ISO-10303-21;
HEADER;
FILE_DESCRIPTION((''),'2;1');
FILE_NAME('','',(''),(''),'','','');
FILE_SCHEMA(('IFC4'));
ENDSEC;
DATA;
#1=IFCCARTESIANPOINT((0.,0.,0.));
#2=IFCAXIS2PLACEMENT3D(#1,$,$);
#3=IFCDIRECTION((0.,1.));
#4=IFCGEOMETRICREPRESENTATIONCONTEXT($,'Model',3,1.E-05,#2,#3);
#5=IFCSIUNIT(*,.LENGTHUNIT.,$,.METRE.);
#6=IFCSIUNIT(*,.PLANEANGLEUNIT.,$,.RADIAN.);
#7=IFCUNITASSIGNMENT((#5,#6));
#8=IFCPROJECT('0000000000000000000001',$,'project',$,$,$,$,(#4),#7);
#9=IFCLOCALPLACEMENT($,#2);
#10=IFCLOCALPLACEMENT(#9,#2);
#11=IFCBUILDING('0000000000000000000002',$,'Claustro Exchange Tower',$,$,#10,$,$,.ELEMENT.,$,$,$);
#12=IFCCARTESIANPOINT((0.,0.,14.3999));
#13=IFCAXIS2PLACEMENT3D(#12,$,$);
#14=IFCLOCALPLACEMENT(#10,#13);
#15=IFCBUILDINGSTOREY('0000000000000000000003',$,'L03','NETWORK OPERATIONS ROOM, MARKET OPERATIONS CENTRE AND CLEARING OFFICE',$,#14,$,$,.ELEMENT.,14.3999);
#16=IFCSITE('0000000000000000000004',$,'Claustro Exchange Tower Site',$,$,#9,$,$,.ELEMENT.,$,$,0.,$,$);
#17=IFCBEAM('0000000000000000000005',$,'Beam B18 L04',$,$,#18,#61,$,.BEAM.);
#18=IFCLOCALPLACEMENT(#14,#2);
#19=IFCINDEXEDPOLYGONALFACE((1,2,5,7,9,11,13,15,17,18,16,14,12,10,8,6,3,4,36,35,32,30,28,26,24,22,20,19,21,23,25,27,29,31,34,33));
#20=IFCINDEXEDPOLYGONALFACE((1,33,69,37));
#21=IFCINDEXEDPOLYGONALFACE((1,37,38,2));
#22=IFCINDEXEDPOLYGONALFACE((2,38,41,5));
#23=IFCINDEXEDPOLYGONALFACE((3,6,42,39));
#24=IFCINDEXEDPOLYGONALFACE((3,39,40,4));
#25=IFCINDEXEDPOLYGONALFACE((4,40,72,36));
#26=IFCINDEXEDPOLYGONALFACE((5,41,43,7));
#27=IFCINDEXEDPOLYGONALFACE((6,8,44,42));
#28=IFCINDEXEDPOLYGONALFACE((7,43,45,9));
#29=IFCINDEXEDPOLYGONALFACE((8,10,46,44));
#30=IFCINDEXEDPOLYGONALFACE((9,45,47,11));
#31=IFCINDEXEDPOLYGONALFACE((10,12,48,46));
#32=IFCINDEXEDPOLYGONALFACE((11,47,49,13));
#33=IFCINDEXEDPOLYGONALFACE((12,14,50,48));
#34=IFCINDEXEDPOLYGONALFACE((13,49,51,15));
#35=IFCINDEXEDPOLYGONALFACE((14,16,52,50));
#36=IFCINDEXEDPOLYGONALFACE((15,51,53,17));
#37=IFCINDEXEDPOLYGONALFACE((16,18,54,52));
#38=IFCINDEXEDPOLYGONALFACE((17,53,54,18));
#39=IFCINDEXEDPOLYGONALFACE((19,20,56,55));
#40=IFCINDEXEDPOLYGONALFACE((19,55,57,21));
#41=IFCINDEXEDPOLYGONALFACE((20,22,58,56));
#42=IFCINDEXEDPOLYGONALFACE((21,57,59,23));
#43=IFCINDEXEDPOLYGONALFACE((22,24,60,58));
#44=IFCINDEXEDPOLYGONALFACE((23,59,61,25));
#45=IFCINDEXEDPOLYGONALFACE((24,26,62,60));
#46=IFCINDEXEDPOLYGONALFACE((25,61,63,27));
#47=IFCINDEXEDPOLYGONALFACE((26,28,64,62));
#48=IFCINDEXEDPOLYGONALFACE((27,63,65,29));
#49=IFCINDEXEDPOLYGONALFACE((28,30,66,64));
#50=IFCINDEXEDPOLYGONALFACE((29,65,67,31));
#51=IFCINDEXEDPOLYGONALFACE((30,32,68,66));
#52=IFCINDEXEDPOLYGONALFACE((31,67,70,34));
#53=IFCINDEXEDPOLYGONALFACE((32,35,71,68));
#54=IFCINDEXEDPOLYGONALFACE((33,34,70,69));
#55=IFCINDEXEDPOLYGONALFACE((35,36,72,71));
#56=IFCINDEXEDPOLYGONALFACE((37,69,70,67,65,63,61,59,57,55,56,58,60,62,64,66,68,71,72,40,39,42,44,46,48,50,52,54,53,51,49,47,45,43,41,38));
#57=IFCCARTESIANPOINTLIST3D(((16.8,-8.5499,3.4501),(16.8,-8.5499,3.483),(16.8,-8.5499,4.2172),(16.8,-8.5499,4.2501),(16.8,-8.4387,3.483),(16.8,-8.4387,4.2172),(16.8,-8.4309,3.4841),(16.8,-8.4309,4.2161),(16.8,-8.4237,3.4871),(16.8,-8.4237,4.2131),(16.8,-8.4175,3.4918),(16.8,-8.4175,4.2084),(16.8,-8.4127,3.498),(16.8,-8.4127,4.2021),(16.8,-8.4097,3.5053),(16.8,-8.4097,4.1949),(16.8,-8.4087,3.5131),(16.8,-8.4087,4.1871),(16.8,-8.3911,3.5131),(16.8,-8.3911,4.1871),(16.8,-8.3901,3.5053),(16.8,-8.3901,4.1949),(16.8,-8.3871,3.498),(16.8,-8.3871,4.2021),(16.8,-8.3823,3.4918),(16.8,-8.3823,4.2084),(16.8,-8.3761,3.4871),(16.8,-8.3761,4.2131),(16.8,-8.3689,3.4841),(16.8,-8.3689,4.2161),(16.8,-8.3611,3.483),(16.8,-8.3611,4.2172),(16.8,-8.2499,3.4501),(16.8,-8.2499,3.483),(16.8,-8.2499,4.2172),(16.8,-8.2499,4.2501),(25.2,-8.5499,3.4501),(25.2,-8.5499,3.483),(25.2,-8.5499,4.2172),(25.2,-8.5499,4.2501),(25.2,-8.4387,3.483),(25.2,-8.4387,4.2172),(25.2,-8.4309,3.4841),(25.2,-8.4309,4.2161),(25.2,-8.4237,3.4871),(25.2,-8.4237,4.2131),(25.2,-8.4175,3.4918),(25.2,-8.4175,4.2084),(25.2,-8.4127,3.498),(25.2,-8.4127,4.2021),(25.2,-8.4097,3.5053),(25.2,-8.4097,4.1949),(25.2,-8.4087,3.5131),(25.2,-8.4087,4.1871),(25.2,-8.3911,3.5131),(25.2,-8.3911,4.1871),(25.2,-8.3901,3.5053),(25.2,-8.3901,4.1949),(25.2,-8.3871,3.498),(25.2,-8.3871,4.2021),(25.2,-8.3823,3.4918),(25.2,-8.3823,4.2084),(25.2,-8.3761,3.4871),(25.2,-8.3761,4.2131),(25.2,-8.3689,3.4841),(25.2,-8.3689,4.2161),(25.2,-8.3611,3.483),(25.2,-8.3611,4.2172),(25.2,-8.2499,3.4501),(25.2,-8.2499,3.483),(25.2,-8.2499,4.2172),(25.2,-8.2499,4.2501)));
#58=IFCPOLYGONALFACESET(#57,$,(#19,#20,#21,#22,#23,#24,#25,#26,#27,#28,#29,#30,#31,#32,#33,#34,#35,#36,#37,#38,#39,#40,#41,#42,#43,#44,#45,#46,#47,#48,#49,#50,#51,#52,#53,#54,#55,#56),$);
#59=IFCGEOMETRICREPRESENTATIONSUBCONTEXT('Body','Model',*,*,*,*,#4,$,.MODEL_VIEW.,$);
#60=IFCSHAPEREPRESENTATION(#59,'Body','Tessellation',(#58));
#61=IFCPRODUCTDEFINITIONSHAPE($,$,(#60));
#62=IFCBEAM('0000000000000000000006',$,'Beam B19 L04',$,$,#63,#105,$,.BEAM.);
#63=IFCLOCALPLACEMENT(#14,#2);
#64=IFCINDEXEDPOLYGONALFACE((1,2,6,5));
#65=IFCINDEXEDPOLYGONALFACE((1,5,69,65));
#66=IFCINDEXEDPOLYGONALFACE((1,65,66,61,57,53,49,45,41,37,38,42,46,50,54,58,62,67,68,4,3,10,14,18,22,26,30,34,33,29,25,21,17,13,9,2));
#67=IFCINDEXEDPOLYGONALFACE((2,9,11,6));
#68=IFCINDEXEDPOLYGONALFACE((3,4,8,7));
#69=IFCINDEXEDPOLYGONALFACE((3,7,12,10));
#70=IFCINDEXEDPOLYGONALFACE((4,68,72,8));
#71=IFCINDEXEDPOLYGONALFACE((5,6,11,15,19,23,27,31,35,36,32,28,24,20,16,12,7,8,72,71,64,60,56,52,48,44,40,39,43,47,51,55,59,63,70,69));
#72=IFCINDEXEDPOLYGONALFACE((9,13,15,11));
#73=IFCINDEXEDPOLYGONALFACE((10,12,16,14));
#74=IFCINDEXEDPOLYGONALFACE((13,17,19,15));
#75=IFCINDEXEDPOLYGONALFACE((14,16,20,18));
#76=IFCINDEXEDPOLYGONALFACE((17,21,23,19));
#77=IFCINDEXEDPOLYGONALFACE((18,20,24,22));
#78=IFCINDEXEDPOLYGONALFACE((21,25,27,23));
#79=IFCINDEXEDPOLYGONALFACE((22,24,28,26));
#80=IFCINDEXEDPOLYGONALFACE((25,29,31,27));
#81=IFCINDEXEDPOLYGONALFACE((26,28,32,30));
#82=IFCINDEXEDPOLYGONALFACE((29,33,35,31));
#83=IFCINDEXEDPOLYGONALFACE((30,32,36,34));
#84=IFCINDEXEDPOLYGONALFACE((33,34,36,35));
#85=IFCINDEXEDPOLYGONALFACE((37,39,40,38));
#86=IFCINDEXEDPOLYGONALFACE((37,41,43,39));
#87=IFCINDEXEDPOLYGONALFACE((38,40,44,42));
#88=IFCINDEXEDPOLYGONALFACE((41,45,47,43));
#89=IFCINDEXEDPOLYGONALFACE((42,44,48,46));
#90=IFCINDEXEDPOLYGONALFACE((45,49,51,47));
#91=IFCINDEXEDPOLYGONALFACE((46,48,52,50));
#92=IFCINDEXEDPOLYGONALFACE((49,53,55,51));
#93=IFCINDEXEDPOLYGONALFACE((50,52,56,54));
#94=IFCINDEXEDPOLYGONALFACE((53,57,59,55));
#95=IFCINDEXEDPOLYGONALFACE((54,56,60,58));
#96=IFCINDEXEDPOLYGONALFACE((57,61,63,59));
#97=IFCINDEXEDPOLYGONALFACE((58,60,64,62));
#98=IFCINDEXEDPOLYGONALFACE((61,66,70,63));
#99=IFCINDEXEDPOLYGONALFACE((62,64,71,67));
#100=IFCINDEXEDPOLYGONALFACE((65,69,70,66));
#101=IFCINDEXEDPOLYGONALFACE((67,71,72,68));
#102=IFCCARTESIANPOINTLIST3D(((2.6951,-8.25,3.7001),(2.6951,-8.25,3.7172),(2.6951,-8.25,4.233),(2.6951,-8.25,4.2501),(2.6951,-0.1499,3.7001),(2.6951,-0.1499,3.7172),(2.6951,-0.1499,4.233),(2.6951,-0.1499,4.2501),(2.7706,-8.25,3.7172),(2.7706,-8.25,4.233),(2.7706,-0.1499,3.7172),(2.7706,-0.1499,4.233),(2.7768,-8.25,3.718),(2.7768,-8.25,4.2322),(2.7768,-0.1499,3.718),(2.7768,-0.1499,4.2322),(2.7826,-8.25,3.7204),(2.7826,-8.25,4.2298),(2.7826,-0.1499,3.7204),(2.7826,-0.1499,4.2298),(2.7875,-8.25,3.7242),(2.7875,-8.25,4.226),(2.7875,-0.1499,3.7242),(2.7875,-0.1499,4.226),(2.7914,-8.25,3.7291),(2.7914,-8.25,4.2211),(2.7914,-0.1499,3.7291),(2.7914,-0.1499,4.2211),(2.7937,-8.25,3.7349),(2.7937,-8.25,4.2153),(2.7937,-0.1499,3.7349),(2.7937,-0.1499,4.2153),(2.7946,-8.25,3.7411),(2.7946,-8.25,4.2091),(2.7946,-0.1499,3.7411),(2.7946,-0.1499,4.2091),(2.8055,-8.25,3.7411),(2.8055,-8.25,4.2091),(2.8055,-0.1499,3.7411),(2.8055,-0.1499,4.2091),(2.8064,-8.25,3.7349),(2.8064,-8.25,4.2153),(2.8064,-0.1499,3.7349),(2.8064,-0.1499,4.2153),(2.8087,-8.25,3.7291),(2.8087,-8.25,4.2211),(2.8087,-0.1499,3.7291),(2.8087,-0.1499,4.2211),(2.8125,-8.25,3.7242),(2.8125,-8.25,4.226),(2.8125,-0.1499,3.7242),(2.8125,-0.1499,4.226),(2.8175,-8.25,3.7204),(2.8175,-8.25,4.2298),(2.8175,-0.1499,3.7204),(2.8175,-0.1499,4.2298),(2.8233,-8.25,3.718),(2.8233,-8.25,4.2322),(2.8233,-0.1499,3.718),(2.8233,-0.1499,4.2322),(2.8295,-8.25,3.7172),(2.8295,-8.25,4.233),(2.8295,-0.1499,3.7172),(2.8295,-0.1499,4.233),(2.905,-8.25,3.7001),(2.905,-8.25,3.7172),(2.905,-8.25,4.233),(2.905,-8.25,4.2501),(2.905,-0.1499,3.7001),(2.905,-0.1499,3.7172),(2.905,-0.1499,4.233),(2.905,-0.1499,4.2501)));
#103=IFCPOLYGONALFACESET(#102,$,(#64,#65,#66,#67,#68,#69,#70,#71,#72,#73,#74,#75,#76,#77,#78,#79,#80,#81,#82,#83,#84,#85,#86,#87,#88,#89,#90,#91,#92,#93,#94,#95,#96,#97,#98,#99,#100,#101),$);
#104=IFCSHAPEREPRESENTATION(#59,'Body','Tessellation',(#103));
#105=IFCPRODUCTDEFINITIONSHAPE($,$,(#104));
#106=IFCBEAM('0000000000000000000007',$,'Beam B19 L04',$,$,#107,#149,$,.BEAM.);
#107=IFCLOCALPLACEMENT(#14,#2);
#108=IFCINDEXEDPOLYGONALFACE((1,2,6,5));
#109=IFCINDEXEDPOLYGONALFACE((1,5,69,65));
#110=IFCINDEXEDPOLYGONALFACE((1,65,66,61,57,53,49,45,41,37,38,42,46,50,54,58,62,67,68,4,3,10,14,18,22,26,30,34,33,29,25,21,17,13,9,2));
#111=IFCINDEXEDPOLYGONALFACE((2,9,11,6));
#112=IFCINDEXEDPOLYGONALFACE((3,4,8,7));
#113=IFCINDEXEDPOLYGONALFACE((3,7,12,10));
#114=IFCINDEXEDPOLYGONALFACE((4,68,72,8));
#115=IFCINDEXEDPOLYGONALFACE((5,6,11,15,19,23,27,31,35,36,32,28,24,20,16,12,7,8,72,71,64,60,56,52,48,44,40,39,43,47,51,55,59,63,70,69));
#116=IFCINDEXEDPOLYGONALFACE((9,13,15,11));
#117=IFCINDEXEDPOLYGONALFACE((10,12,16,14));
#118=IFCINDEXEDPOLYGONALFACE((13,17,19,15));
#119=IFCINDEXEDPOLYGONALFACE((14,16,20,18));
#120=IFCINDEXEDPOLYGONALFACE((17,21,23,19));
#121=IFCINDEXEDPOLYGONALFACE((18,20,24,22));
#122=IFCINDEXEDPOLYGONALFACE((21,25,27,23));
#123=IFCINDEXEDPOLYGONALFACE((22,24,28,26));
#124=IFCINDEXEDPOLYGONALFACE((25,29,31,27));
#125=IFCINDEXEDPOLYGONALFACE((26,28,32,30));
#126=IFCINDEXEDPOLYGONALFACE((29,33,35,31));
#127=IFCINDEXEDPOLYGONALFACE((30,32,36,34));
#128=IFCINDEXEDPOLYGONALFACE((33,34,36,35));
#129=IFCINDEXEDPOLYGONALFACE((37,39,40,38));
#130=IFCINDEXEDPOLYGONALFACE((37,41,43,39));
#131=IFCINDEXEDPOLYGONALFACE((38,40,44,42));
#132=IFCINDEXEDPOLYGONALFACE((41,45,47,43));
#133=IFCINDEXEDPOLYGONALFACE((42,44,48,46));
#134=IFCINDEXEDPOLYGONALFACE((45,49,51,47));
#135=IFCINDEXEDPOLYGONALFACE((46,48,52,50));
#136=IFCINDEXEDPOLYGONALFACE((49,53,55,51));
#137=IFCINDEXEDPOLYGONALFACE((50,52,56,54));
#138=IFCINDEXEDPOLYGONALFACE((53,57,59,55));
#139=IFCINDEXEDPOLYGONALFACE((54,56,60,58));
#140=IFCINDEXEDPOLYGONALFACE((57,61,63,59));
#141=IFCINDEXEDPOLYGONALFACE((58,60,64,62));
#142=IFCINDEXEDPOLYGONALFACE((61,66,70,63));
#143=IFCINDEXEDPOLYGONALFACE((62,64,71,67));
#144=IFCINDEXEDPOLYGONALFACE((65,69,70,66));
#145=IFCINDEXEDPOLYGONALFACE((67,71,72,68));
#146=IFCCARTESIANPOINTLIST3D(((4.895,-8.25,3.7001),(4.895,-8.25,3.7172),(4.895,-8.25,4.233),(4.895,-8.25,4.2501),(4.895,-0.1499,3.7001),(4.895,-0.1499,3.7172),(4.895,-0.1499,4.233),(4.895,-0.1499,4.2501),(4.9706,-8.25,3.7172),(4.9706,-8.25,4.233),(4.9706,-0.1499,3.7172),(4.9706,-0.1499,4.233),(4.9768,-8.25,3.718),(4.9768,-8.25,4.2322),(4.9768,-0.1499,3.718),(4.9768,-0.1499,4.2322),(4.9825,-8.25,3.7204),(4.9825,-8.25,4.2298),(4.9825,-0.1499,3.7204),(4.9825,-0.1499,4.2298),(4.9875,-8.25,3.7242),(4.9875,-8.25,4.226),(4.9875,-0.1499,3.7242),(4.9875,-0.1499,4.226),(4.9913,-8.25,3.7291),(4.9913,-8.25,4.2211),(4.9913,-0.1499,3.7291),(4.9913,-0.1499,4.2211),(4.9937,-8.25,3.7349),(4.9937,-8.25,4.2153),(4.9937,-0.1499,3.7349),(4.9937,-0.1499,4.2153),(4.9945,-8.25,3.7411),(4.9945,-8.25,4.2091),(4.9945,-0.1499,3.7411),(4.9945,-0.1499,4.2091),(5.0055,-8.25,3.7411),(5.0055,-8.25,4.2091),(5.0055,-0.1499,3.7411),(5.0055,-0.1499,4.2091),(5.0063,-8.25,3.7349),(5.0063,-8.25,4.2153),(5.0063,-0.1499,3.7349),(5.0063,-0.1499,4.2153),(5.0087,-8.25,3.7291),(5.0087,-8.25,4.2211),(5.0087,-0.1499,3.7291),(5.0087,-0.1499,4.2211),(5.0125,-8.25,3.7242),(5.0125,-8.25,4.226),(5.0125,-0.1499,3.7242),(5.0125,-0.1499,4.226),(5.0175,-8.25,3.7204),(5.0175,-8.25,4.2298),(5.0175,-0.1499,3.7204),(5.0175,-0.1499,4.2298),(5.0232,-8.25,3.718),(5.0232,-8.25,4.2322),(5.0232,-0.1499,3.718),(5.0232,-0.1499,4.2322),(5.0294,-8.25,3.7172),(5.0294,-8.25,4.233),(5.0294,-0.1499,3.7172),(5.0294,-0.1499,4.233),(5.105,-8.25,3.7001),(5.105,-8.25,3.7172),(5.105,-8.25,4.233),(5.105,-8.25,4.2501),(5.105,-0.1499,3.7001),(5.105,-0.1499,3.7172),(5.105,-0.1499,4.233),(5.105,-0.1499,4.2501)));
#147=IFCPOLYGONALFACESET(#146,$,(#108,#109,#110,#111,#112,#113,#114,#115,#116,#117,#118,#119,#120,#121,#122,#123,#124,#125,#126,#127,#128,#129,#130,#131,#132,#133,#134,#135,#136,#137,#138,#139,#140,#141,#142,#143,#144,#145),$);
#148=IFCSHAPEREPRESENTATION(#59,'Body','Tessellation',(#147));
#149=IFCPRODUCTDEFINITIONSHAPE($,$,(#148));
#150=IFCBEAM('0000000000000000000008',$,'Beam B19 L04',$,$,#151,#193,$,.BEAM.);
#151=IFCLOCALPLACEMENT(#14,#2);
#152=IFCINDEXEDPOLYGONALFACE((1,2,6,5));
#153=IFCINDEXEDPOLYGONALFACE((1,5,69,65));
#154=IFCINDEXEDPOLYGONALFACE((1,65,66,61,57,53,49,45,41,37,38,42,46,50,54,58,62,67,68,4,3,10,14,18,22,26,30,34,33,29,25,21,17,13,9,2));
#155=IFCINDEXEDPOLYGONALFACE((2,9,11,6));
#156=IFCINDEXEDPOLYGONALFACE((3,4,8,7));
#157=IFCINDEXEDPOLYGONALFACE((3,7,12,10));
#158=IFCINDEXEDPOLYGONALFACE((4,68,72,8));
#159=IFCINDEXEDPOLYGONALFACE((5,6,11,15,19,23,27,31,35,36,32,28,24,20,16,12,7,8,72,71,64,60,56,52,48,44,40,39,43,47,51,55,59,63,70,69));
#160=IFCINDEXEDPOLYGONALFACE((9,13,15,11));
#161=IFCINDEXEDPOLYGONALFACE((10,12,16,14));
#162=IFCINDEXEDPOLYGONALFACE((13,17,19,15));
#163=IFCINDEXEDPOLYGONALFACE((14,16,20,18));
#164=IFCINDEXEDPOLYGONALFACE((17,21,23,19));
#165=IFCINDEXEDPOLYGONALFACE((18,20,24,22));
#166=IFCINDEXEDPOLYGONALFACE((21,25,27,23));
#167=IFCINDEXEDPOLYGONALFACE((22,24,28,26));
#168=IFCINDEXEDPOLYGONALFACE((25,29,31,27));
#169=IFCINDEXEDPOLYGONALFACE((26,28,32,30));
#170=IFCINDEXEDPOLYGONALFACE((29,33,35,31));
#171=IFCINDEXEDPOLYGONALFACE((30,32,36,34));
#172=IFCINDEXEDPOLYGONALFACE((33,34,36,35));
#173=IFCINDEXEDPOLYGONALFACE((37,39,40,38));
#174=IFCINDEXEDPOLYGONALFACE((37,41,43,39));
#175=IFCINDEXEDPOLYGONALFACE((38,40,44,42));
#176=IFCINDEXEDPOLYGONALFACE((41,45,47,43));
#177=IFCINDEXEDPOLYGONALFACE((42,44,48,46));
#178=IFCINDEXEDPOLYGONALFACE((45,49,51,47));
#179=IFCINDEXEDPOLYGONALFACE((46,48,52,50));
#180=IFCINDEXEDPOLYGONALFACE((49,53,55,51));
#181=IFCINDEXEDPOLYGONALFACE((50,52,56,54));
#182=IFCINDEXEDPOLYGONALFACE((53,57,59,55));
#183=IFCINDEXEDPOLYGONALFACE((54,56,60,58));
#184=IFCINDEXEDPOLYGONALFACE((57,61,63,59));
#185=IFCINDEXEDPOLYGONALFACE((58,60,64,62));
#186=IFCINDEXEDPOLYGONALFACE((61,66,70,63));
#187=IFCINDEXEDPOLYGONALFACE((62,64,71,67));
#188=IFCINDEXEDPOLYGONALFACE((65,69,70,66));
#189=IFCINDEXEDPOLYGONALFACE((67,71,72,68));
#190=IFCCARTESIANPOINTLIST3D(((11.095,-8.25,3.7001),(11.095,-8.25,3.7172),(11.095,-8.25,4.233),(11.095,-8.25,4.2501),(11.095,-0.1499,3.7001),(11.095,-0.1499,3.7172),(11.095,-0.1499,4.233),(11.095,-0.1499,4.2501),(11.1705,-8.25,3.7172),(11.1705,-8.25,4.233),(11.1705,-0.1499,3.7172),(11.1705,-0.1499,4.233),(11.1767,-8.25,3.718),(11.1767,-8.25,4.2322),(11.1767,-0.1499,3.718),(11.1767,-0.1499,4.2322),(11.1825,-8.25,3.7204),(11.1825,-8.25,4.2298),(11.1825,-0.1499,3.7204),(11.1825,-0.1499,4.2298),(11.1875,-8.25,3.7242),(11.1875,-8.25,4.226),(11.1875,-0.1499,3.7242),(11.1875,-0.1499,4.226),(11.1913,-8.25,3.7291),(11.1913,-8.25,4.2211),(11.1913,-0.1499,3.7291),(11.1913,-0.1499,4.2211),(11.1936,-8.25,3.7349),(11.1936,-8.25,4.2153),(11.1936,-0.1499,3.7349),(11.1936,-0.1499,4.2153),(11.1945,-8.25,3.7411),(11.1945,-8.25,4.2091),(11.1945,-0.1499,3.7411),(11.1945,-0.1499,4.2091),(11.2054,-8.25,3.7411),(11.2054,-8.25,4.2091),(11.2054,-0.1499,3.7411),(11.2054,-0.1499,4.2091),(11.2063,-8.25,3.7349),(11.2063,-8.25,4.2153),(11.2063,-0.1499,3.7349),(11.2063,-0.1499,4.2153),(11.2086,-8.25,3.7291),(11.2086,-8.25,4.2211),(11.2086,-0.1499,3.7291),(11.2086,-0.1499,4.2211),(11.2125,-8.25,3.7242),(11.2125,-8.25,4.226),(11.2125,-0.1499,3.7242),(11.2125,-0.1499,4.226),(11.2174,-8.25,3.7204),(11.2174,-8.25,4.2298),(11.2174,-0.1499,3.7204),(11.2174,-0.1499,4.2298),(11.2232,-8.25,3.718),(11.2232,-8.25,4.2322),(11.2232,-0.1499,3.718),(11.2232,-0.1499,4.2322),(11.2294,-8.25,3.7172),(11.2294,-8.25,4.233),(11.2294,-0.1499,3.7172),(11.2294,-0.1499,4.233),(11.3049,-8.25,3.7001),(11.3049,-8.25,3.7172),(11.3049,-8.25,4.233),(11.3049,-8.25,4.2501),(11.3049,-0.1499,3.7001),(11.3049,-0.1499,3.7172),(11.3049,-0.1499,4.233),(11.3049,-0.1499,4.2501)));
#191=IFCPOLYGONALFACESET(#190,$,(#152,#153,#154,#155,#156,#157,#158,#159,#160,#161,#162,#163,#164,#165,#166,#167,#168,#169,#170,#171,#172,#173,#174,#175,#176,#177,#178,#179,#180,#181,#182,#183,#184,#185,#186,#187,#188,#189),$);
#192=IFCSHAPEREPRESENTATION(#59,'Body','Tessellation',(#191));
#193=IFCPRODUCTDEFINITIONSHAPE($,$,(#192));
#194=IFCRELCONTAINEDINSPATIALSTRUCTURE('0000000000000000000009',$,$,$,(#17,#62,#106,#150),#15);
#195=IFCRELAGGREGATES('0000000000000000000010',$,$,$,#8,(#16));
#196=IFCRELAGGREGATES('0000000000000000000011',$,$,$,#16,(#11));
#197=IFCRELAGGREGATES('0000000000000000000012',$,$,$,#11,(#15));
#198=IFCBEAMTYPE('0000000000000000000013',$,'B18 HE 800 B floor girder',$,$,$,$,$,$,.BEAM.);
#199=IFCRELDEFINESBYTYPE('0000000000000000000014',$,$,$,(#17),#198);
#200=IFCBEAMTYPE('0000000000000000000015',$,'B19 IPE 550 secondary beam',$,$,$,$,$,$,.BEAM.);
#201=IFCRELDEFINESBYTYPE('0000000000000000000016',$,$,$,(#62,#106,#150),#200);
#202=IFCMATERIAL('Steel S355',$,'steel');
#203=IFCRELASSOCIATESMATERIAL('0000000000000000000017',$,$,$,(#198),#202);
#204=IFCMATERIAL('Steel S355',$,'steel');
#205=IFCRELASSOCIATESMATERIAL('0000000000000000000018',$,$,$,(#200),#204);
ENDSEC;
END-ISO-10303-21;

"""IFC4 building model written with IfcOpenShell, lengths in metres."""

from ifc_helpers import new_model, si_unit, direction, frame, origin, origin_2d, place, context, subcontext, project, spatial, i_section, extrude, material, material_profile, profile_set, type_object, element, save


model = new_model("IFC4")

# Units and contexts
model_context = context("Model", 3, precision=1e-05, world=origin(), true_north=direction((0.0, 1.0)))
body_context = subcontext(model_context, "Body", "Model", "MODEL_VIEW")
ifc_project = project(units=[si_unit("LENGTHUNIT", "METRE"), si_unit("PLANEANGLEUNIT", "RADIAN")], contexts=[model_context])

# Site, building, storey
site_placement = place(None, origin())
site = spatial("IfcSite", under=ifc_project, at=site_placement, Name="Claustro Exchange Tower Site", CompositionType="ELEMENT", RefElevation=0.0)
building_placement = place(site_placement, origin())
building = spatial("IfcBuilding", under=site, at=building_placement, Name="Claustro Exchange Tower", CompositionType="ELEMENT")
storey_placement = place(building_placement, frame((0.0, 0.0, 14.3999)))
storey = spatial("IfcBuildingStorey", under=building, at=storey_placement, Name="L03", Description="NETWORK OPERATIONS ROOM, MARKET OPERATIONS CENTRE AND CLEARING OFFICE", CompositionType="ELEMENT", Elevation=14.3999)

# Beams
ifc_material_1 = material(Name="Steel S355", Category="steel")
ifc_material_profile_1 = material_profile(ifc_material_1, i_section(OverallWidth=0.3, OverallDepth=0.8, WebThickness=0.0176, FlangeThickness=0.033, FilletRadius=0.03, at=origin_2d()), Name="HE 800 B")
ifc_profile_set_1 = profile_set([ifc_material_profile_1], Name="Steel S355")
beam_type_1 = type_object("IfcBeamType", Name="B18 HE 800 B floor girder", PredefinedType="BEAM", material=ifc_profile_set_1)
beam_1_placement = place(storey_placement, frame((16.8, -8.3999, 3.8501), z_axis=(1.0, 0.0, 0.0), x_axis=(0.0, 1.0, 0.0)))
element("IfcBeam", 1, at=beam_1_placement, inside=storey, type_object=beam_type_1, Name="Beam B18 L04", PredefinedType="BEAM", context=body_context, shape_type="SweptSolid", body=[
    extrude(i_section(OverallWidth=0.3, OverallDepth=0.8, WebThickness=0.0176, FlangeThickness=0.033, FilletRadius=0.03, at=origin_2d()), origin(), (0.0, 0.0, 1.0), 8.3999),
])
ifc_material_2 = material(Name="Steel S355", Category="steel")
ifc_material_profile_2 = material_profile(ifc_material_2, i_section(OverallWidth=0.21, OverallDepth=0.55, WebThickness=0.011, FlangeThickness=0.0171, FilletRadius=0.0239, at=origin_2d()), Name="IPE 550")
ifc_profile_set_2 = profile_set([ifc_material_profile_2], Name="Steel S355")
beam_type_2 = type_object("IfcBeamType", Name="B19 IPE 550 secondary beam", PredefinedType="BEAM", material=ifc_profile_set_2)
for number, where, z_axis, x_axis, name in (
    (2, (2.8, -8.25, 3.9751), (0.0, 1.0, 0.0), (-1.0, 0.0, 0.0), "Beam B19 L04"),
    (3, (5.0, -8.25, 3.9751), (0.0, 1.0, 0.0), (-1.0, 0.0, 0.0), "Beam B19 L04"),
    (4, (11.2, -8.25, 3.9751), (0.0, 1.0, 0.0), (-1.0, 0.0, 0.0), "Beam B19 L04"),
):
    element("IfcBeam", number, at=place(storey_placement, frame(where, z_axis=z_axis, x_axis=x_axis)), inside=storey, type_object=beam_type_2, Name=name, PredefinedType="BEAM", context=body_context, shape_type="SweptSolid", body=[
        extrude(i_section(OverallWidth=0.21, OverallDepth=0.55, WebThickness=0.011, FlangeThickness=0.0171, FilletRadius=0.0239, at=origin_2d()), origin(), (0.0, 0.0, 1.0), 8.1001),
    ])

save(model, "model.ifc")
